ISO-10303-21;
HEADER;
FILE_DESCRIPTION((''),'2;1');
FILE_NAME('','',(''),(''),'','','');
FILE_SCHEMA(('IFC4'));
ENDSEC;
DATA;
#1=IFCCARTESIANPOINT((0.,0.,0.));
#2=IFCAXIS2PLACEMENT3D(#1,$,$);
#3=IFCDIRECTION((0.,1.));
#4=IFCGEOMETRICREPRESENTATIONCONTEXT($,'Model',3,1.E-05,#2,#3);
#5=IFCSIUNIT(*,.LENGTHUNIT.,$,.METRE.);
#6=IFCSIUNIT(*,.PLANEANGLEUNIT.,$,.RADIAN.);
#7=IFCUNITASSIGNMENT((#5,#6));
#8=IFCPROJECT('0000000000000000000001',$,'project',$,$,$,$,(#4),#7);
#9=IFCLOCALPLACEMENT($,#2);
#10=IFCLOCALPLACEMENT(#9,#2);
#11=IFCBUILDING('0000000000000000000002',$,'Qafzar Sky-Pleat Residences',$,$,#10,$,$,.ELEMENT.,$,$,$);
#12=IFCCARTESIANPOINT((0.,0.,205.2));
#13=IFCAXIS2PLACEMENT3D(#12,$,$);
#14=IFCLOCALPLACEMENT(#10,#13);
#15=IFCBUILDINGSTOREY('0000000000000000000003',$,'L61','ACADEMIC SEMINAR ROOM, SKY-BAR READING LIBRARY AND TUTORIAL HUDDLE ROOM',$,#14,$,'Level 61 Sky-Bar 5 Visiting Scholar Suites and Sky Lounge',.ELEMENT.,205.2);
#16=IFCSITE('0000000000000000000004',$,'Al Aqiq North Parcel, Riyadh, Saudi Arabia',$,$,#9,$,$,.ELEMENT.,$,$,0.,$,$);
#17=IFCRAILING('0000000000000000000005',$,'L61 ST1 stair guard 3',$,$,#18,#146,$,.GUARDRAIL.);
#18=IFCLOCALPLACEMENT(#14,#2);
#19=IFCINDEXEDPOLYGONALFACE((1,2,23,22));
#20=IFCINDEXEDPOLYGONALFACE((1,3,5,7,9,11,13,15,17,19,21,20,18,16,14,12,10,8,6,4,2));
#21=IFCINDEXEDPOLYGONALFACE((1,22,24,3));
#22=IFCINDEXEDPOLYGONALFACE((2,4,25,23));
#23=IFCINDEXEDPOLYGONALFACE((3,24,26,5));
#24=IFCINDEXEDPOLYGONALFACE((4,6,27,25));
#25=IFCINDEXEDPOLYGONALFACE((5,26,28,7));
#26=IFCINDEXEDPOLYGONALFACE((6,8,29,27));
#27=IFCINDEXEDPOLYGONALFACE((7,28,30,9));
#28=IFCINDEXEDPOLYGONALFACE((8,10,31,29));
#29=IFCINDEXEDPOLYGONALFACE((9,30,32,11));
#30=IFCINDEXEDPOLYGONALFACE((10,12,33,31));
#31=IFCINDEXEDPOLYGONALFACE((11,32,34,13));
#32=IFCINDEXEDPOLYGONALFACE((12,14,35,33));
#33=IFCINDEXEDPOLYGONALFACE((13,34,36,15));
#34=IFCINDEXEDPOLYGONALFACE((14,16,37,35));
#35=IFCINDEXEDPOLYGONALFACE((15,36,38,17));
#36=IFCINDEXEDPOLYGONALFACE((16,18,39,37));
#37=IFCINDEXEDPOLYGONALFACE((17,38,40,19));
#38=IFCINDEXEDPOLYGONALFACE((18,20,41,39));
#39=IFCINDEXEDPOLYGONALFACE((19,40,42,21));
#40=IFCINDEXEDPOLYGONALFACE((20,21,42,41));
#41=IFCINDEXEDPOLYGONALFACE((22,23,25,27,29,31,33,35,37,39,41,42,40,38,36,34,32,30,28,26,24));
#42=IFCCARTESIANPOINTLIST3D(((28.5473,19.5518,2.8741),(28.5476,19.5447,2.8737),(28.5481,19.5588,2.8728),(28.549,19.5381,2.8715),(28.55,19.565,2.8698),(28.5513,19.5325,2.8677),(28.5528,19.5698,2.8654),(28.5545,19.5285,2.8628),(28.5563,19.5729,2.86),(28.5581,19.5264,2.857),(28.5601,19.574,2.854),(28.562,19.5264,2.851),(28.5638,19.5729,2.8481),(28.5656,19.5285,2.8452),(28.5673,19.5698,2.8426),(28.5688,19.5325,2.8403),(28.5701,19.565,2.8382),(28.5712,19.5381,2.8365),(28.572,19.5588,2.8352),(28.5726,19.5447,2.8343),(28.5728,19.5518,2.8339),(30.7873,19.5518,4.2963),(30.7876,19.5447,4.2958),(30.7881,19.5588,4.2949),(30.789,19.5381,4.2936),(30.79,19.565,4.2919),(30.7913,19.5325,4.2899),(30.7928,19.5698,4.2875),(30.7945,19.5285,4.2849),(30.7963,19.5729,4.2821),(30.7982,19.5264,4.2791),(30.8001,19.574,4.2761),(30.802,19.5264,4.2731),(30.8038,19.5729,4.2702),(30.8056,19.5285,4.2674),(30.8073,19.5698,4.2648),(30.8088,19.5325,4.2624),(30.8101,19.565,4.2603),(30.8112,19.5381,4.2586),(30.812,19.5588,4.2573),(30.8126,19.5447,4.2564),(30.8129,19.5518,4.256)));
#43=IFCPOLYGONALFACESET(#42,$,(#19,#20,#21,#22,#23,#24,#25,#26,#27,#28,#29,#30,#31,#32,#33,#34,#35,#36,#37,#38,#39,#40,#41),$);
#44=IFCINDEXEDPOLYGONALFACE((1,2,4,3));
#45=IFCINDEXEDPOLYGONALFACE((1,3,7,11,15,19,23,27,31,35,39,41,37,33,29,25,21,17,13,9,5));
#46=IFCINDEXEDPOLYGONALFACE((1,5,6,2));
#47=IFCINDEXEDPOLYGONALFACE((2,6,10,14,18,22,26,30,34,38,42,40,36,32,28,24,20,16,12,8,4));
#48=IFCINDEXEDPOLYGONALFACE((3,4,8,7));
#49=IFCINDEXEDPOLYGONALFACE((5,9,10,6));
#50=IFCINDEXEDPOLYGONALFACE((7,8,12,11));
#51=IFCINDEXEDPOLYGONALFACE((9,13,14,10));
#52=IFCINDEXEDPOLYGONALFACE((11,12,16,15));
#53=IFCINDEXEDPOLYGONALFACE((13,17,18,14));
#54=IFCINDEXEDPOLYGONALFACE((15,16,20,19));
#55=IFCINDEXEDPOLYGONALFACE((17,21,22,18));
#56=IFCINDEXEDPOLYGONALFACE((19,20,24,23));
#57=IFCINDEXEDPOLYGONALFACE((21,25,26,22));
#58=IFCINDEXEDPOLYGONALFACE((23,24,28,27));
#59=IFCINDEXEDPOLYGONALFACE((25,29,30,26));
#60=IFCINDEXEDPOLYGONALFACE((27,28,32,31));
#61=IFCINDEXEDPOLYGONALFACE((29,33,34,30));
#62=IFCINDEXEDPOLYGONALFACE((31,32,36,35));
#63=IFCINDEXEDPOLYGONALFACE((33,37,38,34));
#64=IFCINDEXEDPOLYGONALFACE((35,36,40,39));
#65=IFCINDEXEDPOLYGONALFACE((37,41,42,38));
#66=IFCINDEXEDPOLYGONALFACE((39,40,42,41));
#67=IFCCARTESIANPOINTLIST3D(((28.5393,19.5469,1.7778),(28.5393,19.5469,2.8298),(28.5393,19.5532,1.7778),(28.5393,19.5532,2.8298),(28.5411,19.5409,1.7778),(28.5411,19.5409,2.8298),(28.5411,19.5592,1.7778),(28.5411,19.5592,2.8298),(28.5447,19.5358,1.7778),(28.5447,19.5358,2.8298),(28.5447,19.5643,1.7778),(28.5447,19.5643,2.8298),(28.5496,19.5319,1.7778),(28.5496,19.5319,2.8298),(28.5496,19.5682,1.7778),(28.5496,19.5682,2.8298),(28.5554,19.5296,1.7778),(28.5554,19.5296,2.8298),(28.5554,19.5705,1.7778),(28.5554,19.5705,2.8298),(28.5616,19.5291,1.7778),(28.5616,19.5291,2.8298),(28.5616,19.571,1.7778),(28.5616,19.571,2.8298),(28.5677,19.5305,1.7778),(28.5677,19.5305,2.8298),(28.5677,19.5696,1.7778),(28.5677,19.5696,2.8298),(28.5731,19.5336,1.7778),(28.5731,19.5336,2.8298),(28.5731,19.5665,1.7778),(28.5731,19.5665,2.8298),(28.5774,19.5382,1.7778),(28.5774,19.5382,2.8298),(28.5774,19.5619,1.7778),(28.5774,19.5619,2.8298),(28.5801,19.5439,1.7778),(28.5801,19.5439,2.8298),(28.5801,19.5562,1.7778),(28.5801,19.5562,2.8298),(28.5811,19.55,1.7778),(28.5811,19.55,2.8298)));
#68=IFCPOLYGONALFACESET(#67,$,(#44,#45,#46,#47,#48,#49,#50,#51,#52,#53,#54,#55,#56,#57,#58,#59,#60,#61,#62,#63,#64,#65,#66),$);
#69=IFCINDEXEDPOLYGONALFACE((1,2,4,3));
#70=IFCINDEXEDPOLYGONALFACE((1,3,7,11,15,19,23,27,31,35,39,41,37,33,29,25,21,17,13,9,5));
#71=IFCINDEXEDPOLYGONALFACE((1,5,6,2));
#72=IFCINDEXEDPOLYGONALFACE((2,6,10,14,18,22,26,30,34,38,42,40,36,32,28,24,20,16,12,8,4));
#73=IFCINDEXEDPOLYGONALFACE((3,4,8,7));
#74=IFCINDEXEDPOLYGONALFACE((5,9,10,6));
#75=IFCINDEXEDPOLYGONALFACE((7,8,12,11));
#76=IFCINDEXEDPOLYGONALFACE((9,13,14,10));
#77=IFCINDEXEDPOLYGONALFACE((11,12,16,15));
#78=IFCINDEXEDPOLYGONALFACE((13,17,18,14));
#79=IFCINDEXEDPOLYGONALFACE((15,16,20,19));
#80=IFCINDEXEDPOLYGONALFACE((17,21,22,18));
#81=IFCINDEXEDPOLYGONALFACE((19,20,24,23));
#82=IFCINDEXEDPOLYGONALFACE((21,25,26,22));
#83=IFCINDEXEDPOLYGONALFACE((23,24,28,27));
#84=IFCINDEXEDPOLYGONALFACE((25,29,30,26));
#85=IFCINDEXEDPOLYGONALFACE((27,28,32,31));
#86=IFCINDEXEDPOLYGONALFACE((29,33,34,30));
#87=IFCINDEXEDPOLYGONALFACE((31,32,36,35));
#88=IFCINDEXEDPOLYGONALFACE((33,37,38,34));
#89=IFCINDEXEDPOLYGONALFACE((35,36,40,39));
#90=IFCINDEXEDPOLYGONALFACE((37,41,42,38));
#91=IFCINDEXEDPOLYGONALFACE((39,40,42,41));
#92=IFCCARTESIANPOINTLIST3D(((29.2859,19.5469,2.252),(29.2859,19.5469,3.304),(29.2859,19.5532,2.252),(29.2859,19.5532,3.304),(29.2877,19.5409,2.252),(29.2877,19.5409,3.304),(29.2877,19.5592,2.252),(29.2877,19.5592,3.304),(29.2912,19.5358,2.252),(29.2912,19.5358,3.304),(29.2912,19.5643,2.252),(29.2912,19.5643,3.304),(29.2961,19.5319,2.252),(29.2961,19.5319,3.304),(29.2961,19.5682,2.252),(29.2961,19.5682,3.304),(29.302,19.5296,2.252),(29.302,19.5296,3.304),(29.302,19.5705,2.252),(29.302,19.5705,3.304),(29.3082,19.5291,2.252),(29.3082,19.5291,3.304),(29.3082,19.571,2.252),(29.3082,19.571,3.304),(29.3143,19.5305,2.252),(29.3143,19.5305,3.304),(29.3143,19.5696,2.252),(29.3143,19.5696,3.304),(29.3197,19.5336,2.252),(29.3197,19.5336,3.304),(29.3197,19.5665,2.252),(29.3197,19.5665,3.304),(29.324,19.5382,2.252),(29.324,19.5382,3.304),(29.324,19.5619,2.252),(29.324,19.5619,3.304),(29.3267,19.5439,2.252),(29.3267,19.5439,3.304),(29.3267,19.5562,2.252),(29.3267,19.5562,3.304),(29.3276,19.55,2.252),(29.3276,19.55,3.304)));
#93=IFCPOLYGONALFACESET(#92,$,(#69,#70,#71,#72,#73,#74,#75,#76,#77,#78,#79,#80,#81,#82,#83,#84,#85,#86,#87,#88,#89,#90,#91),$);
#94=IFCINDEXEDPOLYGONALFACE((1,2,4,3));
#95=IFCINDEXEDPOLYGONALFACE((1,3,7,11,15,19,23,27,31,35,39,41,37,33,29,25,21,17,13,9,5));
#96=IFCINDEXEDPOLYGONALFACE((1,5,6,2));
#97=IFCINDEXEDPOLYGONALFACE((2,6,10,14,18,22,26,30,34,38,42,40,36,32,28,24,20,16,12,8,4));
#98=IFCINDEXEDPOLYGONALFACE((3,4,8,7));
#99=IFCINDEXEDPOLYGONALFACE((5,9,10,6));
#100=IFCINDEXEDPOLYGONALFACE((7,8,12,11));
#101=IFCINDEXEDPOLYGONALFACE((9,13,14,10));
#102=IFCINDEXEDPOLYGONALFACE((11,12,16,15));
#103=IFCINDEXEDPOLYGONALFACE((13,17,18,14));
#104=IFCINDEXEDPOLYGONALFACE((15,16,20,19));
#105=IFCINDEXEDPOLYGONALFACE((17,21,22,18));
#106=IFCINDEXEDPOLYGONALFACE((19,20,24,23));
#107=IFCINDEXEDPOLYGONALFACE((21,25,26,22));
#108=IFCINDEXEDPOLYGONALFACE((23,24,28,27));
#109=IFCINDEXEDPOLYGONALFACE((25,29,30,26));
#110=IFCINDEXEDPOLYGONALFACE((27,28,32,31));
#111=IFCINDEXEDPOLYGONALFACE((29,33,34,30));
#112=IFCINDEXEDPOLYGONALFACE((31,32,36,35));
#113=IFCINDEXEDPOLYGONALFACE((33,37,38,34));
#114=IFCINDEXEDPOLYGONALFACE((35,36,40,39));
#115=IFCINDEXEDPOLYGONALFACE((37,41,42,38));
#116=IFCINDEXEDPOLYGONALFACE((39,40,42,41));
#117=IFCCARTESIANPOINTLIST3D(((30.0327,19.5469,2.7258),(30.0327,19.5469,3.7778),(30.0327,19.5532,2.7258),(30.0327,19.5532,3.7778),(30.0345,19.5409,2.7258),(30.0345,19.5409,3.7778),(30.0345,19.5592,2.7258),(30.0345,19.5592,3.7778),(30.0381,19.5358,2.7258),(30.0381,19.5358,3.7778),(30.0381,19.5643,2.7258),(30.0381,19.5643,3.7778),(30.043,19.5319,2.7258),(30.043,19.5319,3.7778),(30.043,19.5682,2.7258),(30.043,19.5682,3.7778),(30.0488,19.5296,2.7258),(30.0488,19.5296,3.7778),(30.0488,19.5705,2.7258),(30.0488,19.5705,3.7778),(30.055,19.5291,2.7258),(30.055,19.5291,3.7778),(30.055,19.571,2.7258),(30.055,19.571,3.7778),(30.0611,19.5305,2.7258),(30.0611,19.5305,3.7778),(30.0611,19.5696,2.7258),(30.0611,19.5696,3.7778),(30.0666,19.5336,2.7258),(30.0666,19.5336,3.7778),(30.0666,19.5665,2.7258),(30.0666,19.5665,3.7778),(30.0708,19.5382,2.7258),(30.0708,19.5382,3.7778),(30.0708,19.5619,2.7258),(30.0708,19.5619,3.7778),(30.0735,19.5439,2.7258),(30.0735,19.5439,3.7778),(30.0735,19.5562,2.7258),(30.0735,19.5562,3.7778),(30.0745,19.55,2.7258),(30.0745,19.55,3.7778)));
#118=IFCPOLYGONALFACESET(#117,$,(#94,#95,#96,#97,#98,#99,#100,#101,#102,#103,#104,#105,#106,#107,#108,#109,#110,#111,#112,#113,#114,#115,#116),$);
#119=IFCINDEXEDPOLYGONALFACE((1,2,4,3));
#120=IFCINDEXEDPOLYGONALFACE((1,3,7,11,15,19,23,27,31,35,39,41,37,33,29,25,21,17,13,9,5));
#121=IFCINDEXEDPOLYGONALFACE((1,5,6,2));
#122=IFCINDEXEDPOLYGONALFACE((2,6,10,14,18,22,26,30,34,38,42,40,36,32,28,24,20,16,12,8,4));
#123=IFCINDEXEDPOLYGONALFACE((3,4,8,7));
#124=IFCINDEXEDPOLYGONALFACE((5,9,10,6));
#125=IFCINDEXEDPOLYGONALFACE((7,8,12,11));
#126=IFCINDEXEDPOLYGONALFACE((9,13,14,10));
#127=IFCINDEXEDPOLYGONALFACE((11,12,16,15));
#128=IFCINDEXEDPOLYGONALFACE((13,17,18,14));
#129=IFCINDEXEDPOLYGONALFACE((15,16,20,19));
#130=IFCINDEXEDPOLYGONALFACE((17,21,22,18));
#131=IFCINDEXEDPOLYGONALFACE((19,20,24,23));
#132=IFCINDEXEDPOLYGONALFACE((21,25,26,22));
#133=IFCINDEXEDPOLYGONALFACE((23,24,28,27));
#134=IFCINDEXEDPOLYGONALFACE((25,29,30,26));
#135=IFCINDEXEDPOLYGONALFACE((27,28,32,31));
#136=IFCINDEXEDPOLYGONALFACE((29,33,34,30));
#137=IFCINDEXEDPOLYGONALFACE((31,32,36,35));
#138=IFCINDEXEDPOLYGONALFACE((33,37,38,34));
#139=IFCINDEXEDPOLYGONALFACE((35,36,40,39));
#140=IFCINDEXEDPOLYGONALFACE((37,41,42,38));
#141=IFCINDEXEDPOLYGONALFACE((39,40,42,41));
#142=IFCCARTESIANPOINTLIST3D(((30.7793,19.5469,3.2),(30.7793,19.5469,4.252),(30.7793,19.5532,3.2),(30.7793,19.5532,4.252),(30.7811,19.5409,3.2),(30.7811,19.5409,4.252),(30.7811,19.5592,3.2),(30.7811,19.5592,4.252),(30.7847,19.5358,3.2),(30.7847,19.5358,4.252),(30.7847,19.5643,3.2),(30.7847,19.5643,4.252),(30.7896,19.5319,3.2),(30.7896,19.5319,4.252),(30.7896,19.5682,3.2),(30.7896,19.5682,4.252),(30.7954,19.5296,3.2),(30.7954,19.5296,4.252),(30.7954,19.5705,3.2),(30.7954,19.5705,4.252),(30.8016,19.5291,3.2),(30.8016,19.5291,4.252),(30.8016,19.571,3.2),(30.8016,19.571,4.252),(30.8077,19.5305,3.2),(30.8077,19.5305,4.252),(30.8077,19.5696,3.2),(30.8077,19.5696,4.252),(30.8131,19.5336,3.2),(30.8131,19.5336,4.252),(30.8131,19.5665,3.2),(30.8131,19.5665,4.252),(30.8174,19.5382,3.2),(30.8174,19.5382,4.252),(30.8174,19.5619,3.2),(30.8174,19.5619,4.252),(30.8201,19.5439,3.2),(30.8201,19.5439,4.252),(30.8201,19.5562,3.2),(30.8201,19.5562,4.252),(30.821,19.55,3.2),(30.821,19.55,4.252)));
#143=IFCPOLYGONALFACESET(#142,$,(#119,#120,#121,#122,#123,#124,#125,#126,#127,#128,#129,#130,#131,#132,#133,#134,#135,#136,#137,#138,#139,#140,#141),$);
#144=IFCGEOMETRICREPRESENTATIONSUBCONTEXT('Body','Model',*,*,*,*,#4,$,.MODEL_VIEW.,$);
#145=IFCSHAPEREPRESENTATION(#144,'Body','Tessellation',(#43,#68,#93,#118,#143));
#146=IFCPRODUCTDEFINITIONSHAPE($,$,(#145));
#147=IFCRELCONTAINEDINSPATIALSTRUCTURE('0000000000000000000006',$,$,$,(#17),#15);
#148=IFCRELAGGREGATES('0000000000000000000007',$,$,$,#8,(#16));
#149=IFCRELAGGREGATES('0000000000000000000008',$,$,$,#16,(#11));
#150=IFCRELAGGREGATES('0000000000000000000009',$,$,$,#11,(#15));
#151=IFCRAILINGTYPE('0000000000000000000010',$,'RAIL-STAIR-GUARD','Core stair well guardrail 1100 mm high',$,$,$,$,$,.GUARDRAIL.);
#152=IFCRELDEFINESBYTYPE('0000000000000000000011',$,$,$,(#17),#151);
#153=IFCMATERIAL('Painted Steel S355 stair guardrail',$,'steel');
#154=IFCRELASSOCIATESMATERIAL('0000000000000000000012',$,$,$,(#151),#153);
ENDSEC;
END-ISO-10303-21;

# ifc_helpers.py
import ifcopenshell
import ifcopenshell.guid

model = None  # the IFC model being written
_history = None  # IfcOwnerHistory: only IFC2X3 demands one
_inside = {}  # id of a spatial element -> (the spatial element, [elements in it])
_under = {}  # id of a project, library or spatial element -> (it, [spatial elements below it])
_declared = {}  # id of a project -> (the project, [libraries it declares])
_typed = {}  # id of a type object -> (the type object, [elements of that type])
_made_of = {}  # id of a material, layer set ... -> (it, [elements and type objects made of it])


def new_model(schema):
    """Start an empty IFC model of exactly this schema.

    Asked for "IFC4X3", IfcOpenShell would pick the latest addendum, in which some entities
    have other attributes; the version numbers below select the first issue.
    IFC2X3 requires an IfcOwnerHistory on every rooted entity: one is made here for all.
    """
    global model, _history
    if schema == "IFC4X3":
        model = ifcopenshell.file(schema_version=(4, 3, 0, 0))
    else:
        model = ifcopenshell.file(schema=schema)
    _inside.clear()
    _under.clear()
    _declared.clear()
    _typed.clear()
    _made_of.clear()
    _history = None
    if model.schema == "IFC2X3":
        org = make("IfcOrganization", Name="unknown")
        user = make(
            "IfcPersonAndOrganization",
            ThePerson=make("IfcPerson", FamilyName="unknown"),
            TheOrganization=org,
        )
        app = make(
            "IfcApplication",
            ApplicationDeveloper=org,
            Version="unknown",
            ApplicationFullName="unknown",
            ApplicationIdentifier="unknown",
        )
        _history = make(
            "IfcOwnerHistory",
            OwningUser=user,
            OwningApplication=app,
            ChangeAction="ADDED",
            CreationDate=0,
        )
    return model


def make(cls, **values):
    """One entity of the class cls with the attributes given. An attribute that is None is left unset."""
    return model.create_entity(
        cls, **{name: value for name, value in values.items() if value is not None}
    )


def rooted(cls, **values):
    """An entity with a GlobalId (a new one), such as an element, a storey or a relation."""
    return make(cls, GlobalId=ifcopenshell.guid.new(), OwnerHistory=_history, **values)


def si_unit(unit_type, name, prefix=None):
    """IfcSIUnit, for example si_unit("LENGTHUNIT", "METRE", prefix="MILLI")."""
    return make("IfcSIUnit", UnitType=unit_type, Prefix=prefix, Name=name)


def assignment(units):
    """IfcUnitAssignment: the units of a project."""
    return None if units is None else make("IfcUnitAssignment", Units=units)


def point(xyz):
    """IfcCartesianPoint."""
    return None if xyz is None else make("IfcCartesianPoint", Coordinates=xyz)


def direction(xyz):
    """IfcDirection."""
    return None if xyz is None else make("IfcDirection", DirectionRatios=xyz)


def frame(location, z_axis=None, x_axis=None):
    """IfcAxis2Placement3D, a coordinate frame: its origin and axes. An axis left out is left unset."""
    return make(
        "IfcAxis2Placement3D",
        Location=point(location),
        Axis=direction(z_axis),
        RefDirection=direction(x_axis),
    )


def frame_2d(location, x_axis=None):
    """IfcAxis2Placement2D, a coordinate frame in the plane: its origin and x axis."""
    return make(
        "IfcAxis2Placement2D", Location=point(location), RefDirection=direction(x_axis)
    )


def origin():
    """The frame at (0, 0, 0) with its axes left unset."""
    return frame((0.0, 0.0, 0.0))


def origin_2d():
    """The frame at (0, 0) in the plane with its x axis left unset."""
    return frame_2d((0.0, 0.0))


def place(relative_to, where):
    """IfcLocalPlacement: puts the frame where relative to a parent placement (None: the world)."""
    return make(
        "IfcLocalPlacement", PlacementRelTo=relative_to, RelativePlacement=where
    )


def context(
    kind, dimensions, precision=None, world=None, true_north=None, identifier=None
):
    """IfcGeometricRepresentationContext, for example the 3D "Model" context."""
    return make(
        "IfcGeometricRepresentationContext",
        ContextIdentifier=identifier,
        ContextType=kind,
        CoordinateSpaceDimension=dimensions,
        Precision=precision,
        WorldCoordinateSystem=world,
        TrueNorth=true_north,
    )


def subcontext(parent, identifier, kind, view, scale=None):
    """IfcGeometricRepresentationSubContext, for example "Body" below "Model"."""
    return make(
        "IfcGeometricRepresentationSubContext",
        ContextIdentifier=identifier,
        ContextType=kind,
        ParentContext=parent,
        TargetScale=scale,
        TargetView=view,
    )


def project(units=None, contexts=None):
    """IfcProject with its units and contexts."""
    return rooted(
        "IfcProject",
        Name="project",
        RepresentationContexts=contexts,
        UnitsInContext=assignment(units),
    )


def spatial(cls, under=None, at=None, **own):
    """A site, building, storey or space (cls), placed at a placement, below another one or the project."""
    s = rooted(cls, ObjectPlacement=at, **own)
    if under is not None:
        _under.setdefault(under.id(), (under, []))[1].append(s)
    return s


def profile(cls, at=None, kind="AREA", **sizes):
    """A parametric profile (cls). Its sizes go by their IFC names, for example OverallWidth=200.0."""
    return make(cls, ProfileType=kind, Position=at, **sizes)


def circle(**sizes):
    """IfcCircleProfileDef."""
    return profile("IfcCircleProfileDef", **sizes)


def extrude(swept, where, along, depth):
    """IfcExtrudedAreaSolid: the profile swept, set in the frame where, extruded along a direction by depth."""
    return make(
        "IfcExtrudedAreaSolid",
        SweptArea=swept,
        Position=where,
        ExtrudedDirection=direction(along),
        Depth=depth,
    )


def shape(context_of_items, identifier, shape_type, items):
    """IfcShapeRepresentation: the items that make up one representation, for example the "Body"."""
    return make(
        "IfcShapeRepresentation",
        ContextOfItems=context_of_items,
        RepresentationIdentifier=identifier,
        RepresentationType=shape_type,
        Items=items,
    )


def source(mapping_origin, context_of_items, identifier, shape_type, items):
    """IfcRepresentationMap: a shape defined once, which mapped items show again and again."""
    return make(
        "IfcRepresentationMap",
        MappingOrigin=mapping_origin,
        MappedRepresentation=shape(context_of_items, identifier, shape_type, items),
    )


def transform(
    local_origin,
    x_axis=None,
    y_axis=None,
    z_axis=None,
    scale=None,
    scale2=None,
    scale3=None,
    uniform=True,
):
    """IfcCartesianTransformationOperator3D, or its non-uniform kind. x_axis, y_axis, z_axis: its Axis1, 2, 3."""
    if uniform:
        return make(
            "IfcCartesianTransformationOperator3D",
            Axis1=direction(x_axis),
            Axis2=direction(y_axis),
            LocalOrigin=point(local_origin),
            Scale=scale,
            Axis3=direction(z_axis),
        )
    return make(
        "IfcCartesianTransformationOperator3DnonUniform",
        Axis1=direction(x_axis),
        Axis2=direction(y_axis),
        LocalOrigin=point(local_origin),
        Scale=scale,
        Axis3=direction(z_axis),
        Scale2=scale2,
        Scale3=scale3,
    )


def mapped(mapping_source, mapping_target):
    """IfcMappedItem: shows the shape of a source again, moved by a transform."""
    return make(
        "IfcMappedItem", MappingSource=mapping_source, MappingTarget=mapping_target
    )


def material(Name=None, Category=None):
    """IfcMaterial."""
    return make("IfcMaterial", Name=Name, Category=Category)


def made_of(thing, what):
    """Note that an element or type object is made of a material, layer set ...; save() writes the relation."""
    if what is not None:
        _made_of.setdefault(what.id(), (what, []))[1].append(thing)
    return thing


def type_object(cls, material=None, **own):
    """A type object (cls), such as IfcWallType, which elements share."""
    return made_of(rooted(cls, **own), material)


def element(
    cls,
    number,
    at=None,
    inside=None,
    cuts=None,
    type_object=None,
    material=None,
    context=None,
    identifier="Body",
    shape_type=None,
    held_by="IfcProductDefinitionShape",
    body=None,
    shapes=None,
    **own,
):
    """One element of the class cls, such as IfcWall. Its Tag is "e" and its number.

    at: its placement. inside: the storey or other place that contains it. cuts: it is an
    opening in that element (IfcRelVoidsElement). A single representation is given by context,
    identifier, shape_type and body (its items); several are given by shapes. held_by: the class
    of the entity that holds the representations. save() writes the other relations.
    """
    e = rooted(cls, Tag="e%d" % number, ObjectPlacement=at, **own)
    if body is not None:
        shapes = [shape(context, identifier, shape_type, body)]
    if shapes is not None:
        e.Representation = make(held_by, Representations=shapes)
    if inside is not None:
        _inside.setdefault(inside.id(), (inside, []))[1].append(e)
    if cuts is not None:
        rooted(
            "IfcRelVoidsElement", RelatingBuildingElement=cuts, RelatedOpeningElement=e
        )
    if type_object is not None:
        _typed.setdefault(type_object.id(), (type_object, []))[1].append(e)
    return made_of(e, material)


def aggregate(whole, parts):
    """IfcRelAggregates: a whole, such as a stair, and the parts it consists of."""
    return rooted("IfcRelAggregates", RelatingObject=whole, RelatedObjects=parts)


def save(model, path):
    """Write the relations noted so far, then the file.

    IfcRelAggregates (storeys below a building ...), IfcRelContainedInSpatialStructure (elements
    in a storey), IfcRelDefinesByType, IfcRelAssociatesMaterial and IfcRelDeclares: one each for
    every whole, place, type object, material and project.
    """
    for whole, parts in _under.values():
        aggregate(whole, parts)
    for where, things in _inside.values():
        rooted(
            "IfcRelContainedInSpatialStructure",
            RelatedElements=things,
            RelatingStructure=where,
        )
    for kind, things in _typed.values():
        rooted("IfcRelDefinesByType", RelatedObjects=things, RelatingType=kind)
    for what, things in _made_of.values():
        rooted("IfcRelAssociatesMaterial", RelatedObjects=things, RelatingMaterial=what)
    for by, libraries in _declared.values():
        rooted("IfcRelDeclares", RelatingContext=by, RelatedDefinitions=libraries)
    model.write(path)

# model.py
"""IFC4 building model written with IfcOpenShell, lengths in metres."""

from ifc_helpers import new_model, si_unit, direction, frame, origin, origin_2d, place, context, subcontext, project, spatial, circle, extrude, source, transform, mapped, material, type_object, element, save


model = new_model("IFC4")

# Units and contexts
model_context = context("Model", 3, precision=1e-05, world=origin(), true_north=direction((0.0, 1.0)))
body_context = subcontext(model_context, "Body", "Model", "MODEL_VIEW")
ifc_project = project(units=[si_unit("LENGTHUNIT", "METRE"), si_unit("PLANEANGLEUNIT", "RADIAN")], contexts=[model_context])

# Site, building, storey
site_placement = place(None, origin())
site = spatial("IfcSite", under=ifc_project, at=site_placement, Name="Al Aqiq North Parcel, Riyadh, Saudi Arabia", CompositionType="ELEMENT", RefElevation=0.0)
building_placement = place(site_placement, origin())
building = spatial("IfcBuilding", under=site, at=building_placement, Name="Qafzar Sky-Pleat Residences", CompositionType="ELEMENT")
storey_placement = place(building_placement, frame((0.0, 0.0, 205.2)))
storey = spatial("IfcBuildingStorey", under=building, at=storey_placement, Name="L61", Description="ACADEMIC SEMINAR ROOM, SKY-BAR READING LIBRARY AND TUTORIAL HUDDLE ROOM", LongName="Level 61 Sky-Bar 5 Visiting Scholar Suites and Sky Lounge", CompositionType="ELEMENT", Elevation=205.2)

# Railing
ifc_material_1 = material(Name="Painted Steel S355 stair guardrail", Category="steel")
railing_type_1 = type_object("IfcRailingType", Name="RAIL-STAIR-GUARD", Description="Core stair well guardrail 1100 mm high", PredefinedType="GUARDRAIL", material=ifc_material_1)
shared_shape_1 = source(origin(), body_context, "Body", "SweptSolid", [
    extrude(circle(Radius=0.0239, at=origin_2d()), frame((0.0, 0.0, 1.0762), z_axis=(0.844229, 0.0, 0.535982), x_axis=(0.0, 1.0, 0.0)), (0.0, 0.0, 1.0), 2.6533),
    extrude(circle(Radius=0.021, at=origin_2d()), origin(), (0.0, 0.0, 1.0), 1.052),
    extrude(circle(Radius=0.021, at=origin_2d()), frame((0.7466, 0.0, 0.4741)), (0.0, 0.0, 1.0), 1.052),
    extrude(circle(Radius=0.021, at=origin_2d()), frame((1.4934, 0.0, 0.948)), (0.0, 0.0, 1.0), 1.052),
    extrude(circle(Radius=0.021, at=origin_2d()), frame((2.24, 0.0, 1.4221)), (0.0, 0.0, 1.0), 1.052),
])
railing_1_placement = place(storey_placement, frame((28.5601, 19.55, 1.7778)))
element("IfcRailing", 1, at=railing_1_placement, inside=storey, type_object=railing_type_1, Name="L61 ST1 stair guard 3", PredefinedType="GUARDRAIL", context=body_context, shape_type="MappedRepresentation", body=[
    mapped(shared_shape_1, transform((0.0, 0.0, 0.0), x_axis=(1.0, 0.0, 0.0), y_axis=(0.0, 1.0, 0.0), z_axis=(0.0, 0.0, 1.0), scale=1.0)),
])

save(model, "model.ifc")
